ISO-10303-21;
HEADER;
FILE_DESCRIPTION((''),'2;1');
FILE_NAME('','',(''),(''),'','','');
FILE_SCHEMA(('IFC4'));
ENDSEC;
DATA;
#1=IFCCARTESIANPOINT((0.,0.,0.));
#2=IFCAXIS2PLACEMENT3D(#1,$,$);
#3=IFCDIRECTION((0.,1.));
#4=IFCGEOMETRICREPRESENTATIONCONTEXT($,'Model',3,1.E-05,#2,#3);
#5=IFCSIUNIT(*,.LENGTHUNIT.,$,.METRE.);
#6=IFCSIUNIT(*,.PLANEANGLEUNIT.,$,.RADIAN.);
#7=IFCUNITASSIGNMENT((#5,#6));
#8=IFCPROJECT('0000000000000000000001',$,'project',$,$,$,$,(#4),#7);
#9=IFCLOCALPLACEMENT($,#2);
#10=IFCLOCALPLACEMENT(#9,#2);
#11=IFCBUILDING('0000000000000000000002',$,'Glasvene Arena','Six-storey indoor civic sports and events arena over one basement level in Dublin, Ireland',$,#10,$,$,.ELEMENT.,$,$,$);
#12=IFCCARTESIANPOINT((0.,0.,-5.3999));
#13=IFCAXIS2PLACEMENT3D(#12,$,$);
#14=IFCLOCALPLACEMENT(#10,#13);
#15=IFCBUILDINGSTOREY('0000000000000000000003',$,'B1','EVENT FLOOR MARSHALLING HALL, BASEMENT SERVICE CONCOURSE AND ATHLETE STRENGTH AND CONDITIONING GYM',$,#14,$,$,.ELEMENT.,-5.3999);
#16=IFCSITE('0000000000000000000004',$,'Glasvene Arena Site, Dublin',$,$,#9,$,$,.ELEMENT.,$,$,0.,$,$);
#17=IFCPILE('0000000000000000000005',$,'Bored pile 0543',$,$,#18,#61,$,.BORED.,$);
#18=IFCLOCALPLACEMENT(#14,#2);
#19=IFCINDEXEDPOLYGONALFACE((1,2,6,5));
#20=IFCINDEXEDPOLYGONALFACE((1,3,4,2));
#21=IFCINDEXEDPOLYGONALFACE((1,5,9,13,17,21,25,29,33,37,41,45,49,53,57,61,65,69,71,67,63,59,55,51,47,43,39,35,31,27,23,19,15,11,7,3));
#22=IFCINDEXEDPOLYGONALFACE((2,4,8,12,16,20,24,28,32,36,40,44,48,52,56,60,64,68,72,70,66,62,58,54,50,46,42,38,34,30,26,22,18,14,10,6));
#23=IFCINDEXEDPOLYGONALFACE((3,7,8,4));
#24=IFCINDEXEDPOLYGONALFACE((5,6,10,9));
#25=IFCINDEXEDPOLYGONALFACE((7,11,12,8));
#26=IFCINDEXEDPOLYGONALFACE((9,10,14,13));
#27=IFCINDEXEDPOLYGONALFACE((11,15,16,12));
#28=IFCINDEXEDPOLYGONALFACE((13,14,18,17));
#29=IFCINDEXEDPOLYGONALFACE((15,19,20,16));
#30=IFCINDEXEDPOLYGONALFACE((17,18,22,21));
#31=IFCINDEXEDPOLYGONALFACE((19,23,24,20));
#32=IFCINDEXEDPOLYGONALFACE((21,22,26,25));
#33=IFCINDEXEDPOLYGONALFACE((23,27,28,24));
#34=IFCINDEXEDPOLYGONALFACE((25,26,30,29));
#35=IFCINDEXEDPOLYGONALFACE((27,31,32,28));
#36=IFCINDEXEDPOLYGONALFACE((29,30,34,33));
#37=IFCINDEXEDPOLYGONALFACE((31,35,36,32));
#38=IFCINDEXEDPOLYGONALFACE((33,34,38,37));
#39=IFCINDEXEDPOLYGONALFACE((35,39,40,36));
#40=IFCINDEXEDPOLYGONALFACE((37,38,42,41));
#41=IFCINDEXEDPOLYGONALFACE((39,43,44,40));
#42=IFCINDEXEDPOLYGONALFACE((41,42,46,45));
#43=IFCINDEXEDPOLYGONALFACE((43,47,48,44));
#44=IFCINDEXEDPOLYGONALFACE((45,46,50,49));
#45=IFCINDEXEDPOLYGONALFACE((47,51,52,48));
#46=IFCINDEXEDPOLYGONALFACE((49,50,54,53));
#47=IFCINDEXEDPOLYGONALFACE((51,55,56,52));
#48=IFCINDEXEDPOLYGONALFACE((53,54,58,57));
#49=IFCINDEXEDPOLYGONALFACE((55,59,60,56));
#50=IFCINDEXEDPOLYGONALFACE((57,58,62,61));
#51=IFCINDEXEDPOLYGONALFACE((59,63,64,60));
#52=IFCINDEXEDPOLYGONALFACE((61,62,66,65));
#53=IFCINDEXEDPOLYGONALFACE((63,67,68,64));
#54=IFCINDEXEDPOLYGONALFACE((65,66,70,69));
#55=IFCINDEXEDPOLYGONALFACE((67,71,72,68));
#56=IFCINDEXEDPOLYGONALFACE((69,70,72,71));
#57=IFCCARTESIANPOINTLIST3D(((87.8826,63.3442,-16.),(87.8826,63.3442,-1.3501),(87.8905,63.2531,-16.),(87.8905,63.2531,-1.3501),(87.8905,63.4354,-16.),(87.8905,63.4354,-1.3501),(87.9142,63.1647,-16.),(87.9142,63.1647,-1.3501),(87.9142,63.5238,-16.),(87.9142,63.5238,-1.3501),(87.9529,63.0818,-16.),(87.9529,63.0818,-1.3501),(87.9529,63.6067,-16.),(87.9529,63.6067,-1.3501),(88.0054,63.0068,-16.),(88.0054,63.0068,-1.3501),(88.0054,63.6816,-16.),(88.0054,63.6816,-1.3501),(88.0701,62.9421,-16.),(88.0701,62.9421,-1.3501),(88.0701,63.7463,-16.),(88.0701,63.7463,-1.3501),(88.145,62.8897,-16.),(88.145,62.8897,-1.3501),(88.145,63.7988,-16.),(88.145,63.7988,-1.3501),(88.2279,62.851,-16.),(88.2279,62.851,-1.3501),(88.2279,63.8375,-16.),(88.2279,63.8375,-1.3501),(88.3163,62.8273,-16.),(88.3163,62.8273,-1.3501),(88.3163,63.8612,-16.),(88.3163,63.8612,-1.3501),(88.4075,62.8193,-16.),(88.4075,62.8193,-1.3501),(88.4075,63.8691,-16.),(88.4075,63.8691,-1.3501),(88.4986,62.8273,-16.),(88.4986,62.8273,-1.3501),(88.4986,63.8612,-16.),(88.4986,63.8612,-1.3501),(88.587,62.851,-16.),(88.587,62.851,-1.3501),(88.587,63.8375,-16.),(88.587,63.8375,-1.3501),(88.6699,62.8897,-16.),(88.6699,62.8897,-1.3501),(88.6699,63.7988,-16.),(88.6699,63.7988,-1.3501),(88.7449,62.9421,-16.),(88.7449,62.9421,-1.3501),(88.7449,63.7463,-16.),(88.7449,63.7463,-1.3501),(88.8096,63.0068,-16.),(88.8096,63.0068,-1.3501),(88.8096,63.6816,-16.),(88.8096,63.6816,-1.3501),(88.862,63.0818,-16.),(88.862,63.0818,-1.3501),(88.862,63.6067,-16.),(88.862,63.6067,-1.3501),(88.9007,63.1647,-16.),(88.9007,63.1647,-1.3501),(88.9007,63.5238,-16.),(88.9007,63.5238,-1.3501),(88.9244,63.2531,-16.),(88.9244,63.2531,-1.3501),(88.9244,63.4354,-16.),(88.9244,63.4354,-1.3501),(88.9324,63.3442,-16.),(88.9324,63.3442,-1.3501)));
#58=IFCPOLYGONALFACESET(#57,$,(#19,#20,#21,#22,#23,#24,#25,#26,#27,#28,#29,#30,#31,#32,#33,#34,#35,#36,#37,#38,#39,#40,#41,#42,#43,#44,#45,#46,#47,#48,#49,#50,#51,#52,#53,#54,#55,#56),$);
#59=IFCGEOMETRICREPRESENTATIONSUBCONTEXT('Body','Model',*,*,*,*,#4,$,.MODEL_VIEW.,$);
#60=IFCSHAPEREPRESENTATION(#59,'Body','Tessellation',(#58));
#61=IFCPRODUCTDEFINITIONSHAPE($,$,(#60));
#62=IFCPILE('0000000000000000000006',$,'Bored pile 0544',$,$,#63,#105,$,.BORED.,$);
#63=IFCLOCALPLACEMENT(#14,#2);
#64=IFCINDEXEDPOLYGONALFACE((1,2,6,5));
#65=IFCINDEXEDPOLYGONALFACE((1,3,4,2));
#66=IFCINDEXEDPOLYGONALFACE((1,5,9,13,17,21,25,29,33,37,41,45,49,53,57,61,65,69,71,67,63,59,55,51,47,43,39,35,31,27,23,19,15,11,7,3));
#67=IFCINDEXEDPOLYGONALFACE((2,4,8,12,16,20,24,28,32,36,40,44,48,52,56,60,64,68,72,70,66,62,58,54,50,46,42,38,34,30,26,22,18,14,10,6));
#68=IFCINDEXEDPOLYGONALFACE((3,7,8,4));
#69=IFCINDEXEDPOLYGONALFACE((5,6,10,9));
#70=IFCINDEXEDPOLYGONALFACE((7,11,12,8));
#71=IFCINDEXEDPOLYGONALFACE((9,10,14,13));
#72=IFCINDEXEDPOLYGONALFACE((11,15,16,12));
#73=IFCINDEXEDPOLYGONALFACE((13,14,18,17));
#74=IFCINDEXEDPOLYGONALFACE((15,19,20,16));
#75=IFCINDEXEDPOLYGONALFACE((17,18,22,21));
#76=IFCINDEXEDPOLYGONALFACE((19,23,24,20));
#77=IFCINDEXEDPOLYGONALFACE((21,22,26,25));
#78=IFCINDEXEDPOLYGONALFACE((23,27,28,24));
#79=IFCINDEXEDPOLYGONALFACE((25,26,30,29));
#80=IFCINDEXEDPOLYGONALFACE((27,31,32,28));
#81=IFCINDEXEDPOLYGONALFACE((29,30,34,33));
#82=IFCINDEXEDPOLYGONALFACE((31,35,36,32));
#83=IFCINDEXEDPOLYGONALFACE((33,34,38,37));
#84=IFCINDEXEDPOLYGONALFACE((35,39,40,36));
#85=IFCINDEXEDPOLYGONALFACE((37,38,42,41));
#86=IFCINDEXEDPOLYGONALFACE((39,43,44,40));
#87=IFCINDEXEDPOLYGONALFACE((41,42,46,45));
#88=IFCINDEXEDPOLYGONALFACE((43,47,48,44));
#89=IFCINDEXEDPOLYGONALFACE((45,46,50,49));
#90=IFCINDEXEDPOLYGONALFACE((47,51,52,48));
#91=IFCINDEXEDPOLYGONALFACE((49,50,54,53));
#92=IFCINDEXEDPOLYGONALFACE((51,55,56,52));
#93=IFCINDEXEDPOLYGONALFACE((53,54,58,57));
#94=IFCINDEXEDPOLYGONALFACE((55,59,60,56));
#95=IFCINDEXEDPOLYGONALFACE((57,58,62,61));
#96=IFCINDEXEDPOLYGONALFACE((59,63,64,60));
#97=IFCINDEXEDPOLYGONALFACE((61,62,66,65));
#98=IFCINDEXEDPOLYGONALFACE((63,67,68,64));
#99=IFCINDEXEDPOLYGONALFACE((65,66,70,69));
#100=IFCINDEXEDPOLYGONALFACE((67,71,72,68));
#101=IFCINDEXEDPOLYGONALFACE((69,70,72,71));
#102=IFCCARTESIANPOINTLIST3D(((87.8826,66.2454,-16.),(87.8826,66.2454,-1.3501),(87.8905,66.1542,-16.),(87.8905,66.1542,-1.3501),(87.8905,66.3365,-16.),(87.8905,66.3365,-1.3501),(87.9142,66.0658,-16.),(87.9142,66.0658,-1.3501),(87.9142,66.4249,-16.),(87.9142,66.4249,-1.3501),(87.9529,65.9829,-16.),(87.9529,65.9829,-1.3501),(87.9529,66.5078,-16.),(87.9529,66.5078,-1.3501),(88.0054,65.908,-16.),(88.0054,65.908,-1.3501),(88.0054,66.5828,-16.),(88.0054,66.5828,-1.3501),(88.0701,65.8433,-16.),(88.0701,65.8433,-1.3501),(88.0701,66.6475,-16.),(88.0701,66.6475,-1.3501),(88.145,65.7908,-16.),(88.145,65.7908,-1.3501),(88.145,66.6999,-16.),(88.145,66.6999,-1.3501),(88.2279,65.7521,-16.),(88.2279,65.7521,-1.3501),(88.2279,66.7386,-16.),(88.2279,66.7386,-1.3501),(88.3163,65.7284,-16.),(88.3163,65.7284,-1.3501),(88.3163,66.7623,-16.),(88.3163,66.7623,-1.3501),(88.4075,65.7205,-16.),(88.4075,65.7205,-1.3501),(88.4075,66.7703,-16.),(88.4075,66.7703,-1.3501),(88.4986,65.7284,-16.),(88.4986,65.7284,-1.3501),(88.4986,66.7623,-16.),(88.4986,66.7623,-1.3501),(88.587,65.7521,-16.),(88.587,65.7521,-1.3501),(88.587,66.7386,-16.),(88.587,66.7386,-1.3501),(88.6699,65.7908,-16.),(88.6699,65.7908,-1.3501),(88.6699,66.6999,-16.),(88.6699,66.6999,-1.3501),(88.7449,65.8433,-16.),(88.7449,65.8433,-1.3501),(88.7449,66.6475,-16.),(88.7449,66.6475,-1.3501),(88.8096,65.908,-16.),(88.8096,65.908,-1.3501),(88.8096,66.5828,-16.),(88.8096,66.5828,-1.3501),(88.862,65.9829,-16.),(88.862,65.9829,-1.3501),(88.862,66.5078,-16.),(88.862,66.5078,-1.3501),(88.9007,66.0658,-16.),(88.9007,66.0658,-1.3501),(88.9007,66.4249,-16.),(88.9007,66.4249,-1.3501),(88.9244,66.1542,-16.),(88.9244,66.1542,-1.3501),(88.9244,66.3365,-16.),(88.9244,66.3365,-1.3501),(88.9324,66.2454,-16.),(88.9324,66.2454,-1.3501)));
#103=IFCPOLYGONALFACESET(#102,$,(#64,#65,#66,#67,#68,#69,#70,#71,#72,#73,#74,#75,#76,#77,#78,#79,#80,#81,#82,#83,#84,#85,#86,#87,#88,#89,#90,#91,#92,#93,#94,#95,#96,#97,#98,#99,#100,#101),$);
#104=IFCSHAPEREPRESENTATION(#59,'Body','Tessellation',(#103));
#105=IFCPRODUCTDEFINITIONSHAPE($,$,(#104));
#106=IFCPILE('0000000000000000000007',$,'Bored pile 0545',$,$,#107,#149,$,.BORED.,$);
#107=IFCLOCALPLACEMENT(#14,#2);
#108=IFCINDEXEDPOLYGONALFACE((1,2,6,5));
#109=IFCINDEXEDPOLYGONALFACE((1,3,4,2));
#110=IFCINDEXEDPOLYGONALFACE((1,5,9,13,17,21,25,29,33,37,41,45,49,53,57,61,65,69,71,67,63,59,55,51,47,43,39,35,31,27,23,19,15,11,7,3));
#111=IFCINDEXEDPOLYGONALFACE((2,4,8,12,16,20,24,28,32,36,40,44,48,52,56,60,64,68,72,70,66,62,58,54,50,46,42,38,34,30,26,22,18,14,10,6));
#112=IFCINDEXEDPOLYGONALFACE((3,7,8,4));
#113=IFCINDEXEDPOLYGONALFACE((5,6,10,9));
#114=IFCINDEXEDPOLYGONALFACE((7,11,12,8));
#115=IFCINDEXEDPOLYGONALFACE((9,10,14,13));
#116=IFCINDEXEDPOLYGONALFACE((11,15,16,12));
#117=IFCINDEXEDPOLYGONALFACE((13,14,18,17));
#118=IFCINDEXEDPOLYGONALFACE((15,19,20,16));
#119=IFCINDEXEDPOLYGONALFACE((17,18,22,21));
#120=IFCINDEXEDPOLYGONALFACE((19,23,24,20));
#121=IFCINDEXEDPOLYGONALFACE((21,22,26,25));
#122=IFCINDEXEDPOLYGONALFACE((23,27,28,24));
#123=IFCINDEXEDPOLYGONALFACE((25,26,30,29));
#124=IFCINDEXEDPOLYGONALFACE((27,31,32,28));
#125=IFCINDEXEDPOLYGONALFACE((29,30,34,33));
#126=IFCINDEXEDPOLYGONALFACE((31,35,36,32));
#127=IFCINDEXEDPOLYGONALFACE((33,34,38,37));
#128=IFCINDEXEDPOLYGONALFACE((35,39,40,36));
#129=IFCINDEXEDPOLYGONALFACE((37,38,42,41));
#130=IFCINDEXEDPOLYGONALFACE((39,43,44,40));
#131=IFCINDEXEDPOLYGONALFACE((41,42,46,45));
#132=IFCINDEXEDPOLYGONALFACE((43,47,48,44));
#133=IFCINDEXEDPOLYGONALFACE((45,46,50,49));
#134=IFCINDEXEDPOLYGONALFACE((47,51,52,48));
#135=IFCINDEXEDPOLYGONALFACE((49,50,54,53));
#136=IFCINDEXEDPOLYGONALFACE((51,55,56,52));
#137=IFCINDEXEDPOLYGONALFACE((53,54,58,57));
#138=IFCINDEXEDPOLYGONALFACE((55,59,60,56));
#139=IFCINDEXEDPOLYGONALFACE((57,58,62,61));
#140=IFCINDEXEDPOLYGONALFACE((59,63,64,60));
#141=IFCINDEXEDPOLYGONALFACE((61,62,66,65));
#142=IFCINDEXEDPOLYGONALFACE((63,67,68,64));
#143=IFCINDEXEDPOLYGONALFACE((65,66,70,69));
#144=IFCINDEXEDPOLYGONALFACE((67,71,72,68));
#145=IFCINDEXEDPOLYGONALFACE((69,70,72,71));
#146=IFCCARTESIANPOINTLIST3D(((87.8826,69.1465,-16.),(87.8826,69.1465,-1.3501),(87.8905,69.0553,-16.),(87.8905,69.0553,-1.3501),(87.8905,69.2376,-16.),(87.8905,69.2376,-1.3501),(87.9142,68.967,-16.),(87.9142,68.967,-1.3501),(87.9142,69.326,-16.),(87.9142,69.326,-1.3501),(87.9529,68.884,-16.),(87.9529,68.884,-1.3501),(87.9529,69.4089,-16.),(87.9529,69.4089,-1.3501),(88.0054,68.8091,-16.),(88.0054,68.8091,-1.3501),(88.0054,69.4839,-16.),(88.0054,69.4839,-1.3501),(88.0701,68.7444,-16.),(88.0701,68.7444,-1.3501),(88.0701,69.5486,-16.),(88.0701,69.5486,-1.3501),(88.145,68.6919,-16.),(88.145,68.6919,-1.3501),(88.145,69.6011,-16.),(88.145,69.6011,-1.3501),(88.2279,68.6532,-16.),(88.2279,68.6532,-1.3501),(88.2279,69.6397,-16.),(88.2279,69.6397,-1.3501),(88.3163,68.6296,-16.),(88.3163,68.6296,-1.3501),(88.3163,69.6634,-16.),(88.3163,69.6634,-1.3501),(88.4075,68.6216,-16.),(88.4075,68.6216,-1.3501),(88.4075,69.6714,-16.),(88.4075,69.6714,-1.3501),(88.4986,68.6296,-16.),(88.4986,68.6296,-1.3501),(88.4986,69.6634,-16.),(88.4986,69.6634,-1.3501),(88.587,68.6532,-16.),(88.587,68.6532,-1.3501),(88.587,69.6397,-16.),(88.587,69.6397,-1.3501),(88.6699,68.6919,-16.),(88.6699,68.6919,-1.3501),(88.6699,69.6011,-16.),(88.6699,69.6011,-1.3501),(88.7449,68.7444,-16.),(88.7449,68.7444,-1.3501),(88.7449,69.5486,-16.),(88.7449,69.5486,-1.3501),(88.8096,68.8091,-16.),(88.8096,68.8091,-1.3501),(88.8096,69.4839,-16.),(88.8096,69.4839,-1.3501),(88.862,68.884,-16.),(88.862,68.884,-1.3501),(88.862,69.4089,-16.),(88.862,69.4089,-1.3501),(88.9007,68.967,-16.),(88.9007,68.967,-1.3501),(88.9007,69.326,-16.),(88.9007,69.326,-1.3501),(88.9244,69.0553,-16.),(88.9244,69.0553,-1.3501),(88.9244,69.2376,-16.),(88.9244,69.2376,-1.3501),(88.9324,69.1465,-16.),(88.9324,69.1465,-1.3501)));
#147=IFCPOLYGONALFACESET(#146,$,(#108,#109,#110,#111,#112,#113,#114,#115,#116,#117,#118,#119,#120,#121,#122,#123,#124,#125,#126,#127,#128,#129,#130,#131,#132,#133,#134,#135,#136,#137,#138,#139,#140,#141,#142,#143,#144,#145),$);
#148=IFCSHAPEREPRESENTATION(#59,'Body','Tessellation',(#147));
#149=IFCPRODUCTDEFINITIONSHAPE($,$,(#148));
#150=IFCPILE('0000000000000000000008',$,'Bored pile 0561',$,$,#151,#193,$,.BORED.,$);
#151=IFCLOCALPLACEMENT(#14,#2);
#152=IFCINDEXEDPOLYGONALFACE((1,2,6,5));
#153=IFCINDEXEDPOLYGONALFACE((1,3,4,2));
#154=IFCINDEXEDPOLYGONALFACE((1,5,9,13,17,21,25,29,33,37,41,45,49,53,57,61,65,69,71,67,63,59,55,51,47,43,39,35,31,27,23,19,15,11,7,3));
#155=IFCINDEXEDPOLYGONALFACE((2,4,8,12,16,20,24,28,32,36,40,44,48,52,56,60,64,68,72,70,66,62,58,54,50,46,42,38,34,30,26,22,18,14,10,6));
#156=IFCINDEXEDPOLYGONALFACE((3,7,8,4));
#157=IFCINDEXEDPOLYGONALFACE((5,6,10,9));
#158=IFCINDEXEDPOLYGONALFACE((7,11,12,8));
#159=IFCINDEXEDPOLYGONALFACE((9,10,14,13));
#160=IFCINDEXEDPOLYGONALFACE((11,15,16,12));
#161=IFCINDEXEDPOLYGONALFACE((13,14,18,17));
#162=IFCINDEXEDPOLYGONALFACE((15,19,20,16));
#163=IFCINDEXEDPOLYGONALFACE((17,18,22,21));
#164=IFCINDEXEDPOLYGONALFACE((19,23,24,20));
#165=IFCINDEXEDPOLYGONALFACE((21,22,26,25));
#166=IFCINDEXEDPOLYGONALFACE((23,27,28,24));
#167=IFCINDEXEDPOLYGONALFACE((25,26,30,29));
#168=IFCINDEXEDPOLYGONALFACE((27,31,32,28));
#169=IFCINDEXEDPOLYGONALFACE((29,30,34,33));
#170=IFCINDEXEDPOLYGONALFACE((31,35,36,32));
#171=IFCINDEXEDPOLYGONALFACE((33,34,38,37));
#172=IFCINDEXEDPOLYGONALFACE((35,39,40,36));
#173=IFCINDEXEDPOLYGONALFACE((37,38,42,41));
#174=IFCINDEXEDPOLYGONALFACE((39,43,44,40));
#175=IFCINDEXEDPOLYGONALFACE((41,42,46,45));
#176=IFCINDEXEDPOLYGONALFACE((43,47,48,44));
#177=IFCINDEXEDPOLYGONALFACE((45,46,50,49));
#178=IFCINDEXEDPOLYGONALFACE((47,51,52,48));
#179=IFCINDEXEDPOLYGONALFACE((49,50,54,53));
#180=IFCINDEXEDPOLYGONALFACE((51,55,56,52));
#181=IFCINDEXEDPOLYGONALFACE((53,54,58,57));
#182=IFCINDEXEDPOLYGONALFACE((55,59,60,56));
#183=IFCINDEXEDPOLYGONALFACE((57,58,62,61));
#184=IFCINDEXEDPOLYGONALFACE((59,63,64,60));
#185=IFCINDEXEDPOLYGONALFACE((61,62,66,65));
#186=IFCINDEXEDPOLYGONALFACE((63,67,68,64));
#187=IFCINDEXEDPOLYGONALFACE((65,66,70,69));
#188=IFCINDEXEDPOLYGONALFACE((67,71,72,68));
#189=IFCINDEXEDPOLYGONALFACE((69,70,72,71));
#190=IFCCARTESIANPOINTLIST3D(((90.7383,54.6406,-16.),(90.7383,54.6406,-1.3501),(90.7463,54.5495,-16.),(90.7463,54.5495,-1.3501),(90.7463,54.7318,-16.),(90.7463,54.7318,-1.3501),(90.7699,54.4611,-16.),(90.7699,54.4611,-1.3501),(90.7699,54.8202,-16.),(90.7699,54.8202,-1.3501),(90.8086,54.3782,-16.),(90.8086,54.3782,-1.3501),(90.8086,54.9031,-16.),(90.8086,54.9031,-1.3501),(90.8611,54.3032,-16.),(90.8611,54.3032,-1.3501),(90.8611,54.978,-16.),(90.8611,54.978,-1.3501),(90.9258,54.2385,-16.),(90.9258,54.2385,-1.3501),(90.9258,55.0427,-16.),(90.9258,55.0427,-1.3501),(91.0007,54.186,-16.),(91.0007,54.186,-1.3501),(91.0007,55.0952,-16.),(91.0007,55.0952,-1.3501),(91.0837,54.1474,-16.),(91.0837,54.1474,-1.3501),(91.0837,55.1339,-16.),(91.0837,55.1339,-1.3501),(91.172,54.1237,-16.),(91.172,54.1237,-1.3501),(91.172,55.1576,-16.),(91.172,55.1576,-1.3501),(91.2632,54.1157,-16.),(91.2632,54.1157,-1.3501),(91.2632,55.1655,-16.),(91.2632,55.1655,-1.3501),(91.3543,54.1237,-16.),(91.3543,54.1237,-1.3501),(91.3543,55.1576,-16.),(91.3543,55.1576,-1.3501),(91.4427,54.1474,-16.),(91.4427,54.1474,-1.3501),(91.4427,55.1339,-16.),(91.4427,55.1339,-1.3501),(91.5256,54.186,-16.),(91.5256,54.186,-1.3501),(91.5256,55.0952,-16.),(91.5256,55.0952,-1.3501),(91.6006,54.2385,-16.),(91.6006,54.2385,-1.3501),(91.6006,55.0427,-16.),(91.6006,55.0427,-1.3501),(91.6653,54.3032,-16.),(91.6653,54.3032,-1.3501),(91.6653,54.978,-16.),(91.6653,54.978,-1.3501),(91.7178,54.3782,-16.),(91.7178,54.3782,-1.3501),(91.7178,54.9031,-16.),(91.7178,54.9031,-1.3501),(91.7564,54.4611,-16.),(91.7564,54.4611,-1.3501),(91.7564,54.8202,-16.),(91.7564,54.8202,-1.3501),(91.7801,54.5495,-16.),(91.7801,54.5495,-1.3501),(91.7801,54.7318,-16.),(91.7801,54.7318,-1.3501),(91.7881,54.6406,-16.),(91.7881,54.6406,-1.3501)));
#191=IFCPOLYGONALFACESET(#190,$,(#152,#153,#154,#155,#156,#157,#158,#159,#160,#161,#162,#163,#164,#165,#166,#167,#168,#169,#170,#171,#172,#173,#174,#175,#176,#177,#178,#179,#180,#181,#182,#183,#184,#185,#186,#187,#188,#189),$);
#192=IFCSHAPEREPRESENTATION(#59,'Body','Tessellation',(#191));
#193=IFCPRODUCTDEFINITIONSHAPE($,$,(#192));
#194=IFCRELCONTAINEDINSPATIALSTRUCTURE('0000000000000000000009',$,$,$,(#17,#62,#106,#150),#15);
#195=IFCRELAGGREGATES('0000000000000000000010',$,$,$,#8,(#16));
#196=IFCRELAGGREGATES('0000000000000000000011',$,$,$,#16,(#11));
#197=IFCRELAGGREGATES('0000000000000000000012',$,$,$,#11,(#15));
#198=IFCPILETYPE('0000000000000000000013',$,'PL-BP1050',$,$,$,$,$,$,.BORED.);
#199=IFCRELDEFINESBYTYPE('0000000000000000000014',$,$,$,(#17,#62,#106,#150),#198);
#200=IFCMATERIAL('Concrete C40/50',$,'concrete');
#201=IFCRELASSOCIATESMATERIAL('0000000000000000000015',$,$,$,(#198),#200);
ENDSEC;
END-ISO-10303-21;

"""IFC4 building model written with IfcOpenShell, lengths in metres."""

from ifc_helpers import new_model, si_unit, direction, frame, origin, origin_2d, place, context, subcontext, project, spatial, circle, extrude, material, material_profile, profile_set, type_object, element, save


model = new_model("IFC4")

# Units and contexts
model_context = context("Model", 3, precision=1e-05, world=origin(), true_north=direction((0.0, 1.0)))
body_context = subcontext(model_context, "Body", "Model", "MODEL_VIEW")
ifc_project = project(units=[si_unit("LENGTHUNIT", "METRE"), si_unit("PLANEANGLEUNIT", "RADIAN")], contexts=[model_context])

# Site, building, storey
site_placement = place(None, origin())
site = spatial("IfcSite", under=ifc_project, at=site_placement, Name="Glasvene Arena Site, Dublin", CompositionType="ELEMENT", RefElevation=0.0)
building_placement = place(site_placement, origin())
building = spatial("IfcBuilding", under=site, at=building_placement, Name="Glasvene Arena", Description="Six-storey indoor civic sports and events arena over one basement level in Dublin, Ireland", CompositionType="ELEMENT")
storey_placement = place(building_placement, frame((0.0, 0.0, -5.3999)))
storey = spatial("IfcBuildingStorey", under=building, at=storey_placement, Name="B1", Description="EVENT FLOOR MARSHALLING HALL, BASEMENT SERVICE CONCOURSE AND ATHLETE STRENGTH AND CONDITIONING GYM", CompositionType="ELEMENT", Elevation=-5.3999)

# Piles
ifc_material = material(Name="Concrete C40/50", Category="concrete")
ifc_material_profile_1 = material_profile(ifc_material, circle(Radius=0.5249, at=origin_2d()), Name="BORED PILE 1050")
ifc_profile_set_1 = profile_set([ifc_material_profile_1], Name="Concrete C40/50")
pile_type = type_object("IfcPileType", Name="PL-BP1050", PredefinedType="BORED", material=ifc_profile_set_1)
for number, where, z_axis, x_axis, name in (
    (1, (88.4075, 63.3442, -1.3501), (0.0, 0.0, -1.0), (1.0, 0.0, 0.0), "Bored pile 0543"),
    (2, (88.4075, 66.2454, -1.3501), (0.0, 0.0, -1.0), (1.0, 0.0, 0.0), "Bored pile 0544"),
    (3, (88.4075, 69.1465, -1.3501), (0.0, 0.0, -1.0), (1.0, 0.0, 0.0), "Bored pile 0545"),
    (4, (91.2632, 54.6406, -1.3501), (0.0, 0.0, -1.0), (1.0, 0.0, 0.0), "Bored pile 0561"),
):
    element("IfcPile", number, at=place(storey_placement, frame(where, z_axis=z_axis, x_axis=x_axis)), inside=storey, type_object=pile_type, Name=name, PredefinedType="BORED", context=body_context, shape_type="SweptSolid", body=[
        extrude(circle(Radius=0.5249, at=origin_2d()), origin(), (0.0, 0.0, 1.0), 14.6499),
    ])

save(model, "model.ifc")
